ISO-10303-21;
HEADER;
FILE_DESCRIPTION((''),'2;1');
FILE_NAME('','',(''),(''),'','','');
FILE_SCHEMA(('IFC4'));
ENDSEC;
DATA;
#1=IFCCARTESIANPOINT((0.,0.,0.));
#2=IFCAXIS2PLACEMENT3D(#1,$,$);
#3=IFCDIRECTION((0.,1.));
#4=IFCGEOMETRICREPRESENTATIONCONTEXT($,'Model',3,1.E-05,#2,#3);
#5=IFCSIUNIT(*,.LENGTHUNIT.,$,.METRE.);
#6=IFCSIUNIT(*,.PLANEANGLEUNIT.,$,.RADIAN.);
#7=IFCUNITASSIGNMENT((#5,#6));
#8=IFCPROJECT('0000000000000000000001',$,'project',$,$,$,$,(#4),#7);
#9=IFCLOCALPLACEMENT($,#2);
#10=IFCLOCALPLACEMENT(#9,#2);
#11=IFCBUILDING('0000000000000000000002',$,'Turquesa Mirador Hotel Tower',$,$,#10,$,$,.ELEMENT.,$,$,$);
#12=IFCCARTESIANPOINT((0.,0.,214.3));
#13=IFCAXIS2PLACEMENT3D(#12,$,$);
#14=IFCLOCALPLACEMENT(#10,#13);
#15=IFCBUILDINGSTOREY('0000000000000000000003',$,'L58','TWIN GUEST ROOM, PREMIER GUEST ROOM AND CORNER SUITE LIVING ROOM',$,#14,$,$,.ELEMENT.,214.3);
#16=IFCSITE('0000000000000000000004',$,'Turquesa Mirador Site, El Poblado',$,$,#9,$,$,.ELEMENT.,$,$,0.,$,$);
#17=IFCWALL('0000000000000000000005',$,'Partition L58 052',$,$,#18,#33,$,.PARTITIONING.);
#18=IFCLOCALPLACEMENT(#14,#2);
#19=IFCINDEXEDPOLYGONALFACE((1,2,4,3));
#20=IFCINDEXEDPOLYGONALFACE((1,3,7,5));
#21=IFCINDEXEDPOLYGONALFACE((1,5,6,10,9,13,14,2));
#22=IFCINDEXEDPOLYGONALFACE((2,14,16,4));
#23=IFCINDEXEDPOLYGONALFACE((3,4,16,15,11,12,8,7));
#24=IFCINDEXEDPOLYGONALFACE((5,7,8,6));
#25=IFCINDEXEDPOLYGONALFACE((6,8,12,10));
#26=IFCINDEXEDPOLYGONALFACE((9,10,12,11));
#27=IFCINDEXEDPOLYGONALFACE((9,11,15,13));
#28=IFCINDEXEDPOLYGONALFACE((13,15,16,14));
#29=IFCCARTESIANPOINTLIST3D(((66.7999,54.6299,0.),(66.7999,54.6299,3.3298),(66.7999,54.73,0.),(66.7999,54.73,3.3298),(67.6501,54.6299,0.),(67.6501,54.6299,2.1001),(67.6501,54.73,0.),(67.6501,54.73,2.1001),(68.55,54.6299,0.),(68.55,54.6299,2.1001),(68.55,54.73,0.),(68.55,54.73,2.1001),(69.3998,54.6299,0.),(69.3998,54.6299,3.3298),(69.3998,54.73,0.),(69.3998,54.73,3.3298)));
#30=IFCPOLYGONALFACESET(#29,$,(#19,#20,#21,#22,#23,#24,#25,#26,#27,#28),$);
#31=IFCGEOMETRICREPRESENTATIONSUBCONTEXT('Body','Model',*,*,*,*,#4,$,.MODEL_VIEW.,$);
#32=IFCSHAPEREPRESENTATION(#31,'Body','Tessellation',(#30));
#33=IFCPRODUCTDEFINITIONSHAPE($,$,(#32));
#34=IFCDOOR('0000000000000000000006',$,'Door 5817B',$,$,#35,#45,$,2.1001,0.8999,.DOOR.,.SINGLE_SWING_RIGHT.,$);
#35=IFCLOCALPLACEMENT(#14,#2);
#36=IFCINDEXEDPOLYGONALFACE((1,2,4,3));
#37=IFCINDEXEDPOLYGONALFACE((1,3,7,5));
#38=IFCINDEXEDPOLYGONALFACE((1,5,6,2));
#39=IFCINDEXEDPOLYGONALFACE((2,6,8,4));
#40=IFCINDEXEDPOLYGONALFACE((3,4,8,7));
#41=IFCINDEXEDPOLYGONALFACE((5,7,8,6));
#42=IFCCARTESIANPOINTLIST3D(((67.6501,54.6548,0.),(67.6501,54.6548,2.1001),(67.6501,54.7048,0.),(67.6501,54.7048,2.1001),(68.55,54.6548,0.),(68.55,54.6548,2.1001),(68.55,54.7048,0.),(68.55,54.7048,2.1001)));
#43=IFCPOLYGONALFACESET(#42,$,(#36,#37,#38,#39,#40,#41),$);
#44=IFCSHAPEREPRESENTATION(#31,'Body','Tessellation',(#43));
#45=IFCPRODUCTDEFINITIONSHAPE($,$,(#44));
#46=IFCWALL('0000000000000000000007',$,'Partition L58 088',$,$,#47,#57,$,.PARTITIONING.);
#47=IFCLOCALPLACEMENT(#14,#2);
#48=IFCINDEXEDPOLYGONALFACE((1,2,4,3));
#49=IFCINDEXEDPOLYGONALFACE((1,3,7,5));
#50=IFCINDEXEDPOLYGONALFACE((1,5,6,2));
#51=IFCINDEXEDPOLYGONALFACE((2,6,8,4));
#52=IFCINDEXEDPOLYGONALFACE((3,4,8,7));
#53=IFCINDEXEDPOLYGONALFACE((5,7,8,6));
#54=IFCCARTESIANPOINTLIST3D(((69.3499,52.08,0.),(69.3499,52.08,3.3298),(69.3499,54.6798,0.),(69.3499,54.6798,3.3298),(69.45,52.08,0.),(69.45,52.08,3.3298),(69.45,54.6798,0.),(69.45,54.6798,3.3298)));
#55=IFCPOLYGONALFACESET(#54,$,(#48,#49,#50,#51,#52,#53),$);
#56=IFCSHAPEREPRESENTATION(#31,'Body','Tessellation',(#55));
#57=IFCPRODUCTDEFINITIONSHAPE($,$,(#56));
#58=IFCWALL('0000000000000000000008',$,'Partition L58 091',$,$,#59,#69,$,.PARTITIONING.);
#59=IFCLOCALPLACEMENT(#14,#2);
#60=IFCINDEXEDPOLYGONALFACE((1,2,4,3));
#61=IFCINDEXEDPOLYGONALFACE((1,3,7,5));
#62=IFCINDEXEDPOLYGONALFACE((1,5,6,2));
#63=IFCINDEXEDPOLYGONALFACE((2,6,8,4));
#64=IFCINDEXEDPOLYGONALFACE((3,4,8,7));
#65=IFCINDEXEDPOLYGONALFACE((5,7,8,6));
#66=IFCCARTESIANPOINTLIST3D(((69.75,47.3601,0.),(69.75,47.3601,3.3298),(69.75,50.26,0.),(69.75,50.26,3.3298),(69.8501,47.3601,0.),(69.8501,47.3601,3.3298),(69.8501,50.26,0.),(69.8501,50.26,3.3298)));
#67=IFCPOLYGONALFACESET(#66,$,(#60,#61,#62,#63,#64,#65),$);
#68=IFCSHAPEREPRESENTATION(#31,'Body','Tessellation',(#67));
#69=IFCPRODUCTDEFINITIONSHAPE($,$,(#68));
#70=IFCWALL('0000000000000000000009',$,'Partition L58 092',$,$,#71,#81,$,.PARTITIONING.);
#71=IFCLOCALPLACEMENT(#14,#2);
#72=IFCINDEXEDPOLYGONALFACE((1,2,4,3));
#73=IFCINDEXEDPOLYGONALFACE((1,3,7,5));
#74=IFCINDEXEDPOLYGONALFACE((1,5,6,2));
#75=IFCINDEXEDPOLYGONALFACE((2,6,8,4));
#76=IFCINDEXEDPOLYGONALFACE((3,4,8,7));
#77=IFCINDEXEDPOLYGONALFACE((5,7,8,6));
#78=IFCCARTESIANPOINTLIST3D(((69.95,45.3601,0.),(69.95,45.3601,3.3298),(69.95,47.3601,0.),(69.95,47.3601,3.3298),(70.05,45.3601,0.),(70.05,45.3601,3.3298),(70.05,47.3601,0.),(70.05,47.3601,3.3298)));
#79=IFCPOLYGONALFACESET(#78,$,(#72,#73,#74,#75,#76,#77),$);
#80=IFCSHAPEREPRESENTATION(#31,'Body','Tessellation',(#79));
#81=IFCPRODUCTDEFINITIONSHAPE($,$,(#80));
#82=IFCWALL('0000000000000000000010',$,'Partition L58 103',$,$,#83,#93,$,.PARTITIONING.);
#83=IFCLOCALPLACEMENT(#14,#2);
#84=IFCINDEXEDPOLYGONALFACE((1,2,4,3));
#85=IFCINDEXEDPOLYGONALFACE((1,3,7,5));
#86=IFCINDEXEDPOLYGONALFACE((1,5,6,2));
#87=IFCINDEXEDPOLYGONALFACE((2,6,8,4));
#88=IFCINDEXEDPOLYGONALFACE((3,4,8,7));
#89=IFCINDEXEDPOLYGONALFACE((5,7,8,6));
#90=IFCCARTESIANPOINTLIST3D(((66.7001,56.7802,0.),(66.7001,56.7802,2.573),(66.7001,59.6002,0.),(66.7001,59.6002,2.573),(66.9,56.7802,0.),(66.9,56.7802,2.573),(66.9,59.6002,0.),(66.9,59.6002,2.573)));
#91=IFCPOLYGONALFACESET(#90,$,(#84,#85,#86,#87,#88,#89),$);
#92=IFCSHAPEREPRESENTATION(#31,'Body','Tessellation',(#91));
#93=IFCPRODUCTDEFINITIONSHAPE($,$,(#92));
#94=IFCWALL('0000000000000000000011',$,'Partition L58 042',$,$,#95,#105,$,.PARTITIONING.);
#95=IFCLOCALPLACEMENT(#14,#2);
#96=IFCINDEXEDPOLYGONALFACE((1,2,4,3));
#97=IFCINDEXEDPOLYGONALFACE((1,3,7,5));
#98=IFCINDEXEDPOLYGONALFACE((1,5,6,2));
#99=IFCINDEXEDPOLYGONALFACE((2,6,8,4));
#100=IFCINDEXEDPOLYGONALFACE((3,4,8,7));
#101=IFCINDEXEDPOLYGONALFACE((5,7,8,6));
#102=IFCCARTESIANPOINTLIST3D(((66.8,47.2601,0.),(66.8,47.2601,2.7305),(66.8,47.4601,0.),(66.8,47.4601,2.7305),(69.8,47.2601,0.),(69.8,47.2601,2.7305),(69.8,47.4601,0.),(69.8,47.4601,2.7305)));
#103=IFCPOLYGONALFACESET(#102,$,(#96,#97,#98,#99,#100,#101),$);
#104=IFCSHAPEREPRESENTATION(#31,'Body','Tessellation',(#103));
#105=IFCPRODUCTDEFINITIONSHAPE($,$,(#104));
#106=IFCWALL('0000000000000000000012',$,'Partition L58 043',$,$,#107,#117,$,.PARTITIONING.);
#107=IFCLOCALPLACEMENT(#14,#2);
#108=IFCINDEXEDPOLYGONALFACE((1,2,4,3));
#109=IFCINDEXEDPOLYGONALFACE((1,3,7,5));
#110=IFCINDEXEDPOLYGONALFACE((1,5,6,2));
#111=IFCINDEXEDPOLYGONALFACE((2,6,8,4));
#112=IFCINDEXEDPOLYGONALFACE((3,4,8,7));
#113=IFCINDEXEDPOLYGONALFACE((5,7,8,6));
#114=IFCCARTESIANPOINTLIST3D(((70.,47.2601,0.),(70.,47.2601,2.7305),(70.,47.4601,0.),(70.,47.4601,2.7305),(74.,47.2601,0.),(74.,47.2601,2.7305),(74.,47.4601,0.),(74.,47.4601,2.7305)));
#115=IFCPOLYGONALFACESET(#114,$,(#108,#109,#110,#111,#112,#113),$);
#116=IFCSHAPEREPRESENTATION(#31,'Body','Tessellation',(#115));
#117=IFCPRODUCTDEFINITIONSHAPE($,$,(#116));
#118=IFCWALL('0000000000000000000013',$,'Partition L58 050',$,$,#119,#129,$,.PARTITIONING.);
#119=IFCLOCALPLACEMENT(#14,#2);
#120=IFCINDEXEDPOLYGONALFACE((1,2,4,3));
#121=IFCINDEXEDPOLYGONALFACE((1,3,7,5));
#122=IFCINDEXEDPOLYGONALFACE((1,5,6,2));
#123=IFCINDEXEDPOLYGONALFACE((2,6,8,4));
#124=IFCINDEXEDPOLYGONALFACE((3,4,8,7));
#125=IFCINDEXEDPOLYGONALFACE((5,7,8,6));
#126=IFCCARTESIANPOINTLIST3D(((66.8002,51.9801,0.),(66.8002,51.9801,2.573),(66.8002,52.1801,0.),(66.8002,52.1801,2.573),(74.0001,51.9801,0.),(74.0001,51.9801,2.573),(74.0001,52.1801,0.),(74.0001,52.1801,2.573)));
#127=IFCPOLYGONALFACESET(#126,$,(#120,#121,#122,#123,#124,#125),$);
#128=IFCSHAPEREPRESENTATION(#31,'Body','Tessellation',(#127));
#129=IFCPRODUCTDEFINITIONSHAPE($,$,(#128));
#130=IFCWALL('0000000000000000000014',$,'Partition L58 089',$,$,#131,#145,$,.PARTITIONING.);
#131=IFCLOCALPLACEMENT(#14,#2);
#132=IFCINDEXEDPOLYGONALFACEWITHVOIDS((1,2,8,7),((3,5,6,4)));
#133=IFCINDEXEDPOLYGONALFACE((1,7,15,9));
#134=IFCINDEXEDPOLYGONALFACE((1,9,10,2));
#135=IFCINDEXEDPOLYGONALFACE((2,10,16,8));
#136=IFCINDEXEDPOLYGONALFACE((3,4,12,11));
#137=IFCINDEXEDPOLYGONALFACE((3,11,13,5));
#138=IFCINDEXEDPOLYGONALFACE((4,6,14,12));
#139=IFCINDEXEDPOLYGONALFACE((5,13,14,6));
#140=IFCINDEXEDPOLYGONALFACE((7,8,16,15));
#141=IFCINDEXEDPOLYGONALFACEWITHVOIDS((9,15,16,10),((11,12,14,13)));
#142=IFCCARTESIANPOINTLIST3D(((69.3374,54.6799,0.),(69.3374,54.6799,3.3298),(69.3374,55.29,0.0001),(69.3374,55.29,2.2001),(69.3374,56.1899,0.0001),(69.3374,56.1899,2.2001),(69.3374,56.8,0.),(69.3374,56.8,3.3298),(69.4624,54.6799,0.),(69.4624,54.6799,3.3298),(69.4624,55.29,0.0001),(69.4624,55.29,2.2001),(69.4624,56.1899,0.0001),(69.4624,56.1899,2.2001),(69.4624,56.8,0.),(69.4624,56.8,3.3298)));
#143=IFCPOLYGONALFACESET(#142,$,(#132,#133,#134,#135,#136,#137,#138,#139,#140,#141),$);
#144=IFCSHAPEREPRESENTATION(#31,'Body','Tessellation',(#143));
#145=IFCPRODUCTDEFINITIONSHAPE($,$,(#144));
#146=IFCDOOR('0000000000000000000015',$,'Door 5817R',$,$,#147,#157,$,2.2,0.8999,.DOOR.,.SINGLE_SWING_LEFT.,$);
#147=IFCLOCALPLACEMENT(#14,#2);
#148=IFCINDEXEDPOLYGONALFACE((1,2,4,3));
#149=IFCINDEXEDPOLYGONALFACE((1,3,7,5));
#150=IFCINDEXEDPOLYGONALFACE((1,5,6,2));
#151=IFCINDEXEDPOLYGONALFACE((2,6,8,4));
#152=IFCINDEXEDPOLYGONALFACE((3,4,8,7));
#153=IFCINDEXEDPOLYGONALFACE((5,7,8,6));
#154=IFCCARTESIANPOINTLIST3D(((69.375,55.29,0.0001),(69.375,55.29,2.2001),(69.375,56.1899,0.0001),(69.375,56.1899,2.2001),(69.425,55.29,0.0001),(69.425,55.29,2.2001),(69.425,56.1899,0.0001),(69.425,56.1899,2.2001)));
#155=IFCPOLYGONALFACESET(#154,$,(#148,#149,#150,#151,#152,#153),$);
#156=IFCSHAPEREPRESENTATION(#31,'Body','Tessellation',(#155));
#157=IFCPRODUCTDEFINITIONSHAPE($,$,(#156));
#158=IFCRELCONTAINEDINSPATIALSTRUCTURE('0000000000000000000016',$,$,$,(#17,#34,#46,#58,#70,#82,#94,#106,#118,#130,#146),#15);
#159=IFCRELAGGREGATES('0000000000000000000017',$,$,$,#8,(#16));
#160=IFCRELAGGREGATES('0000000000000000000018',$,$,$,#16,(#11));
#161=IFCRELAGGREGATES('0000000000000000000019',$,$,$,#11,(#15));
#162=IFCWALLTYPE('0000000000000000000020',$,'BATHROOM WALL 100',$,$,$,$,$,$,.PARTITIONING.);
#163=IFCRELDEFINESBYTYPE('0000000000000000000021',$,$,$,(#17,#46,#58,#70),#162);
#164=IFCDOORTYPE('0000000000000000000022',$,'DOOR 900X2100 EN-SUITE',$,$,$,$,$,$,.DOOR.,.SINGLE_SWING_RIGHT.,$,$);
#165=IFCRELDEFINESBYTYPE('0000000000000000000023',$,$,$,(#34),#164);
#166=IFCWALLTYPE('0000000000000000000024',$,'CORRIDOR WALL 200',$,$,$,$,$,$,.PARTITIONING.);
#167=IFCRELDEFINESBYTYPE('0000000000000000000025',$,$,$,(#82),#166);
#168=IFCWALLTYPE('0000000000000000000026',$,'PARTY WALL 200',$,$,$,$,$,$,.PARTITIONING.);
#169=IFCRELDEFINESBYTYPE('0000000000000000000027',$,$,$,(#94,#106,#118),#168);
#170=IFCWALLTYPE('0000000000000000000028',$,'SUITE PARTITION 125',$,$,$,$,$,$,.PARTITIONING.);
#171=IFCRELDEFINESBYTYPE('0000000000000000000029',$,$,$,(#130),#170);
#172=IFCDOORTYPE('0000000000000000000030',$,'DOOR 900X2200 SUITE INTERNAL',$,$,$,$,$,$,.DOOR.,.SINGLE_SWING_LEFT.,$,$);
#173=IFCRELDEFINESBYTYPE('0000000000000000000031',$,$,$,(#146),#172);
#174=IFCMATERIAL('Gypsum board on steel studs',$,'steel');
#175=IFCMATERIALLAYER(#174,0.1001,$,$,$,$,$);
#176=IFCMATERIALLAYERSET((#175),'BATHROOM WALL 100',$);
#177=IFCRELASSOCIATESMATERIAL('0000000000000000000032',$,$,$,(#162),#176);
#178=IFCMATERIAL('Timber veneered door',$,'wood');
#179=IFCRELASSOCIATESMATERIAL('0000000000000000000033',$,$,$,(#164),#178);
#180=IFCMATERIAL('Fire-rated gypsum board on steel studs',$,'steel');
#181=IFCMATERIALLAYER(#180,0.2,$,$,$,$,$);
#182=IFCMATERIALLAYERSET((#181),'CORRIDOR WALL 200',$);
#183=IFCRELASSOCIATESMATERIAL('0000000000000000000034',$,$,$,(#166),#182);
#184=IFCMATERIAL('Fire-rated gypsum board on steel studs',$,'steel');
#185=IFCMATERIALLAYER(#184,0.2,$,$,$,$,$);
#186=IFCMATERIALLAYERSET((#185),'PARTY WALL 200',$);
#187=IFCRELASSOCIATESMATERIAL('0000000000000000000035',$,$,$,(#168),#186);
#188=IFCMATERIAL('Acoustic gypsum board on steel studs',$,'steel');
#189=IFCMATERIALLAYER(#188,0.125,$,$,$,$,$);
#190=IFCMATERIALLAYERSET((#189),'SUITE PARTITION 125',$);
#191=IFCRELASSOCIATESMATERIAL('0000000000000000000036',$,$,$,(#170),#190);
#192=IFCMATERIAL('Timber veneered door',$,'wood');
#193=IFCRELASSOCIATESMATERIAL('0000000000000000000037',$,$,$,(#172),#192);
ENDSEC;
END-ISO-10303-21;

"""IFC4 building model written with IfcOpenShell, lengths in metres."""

from ifc_helpers import new_model, si_unit, direction, frame, frame_2d, origin, place, context, subcontext, project, spatial, rectangle, extrude, material, layer, layer_set, type_object, element, fill, save


model = new_model("IFC4")

# Units and contexts
model_context = context("Model", 3, precision=1e-05, world=origin(), true_north=direction((0.0, 1.0)))
body_context = subcontext(model_context, "Body", "Model", "MODEL_VIEW")
ifc_project = project(units=[si_unit("LENGTHUNIT", "METRE"), si_unit("PLANEANGLEUNIT", "RADIAN")], contexts=[model_context])

# Site, building, storey
site_placement = place(None, origin())
site = spatial("IfcSite", under=ifc_project, at=site_placement, Name="Turquesa Mirador Site, El Poblado", CompositionType="ELEMENT", RefElevation=0.0)
building_placement = place(site_placement, origin())
building = spatial("IfcBuilding", under=site, at=building_placement, Name="Turquesa Mirador Hotel Tower", CompositionType="ELEMENT")
storey_placement = place(building_placement, frame((0.0, 0.0, 214.3)))
storey = spatial("IfcBuildingStorey", under=building, at=storey_placement, Name="L58", Description="TWIN GUEST ROOM, PREMIER GUEST ROOM AND CORNER SUITE LIVING ROOM", CompositionType="ELEMENT", Elevation=214.3)

# Wall, opening, door
ifc_material_1 = material(Name="Gypsum board on steel studs", Category="steel")
ifc_layer_1 = layer(ifc_material_1, 0.1001)
ifc_layer_set_1 = layer_set([ifc_layer_1], Name="BATHROOM WALL 100")
wall_type_1 = type_object("IfcWallType", Name="BATHROOM WALL 100", PredefinedType="PARTITIONING", material=ifc_layer_set_1)
wall_1_placement = place(storey_placement, frame((66.8, 54.6799, 0.0), z_axis=(0.0, 0.0, 1.0), x_axis=(1.0, 0.0, 0.0)))
wall_1 = element("IfcWall", 1, at=wall_1_placement, inside=storey, type_object=wall_type_1, Name="Partition L58 052", PredefinedType="PARTITIONING", context=body_context, shape_type="SweptSolid", body=[
    extrude(rectangle(XDim=2.5999, YDim=0.1001, at=frame_2d((1.2998, 0.0))), origin(), (0.0, 0.0, 1.0), 3.3298),
])
opening_1_placement = place(wall_1_placement, frame((0.8501, 0.0, 0.0)))
opening_1 = element("IfcOpeningElement", 2, at=opening_1_placement, cuts=wall_1, PredefinedType="OPENING", context=body_context, shape_type="SweptSolid", body=[
    extrude(rectangle(XDim=0.8999, YDim=2.1001, at=frame_2d((0.45, 1.05))), frame((0.0, 0.0601, 0.0), z_axis=(0.0, -1.0, 0.0), x_axis=(1.0, 0.0, 0.0)), (0.0, 0.0, 1.0), 0.1201),
])
ifc_material_2 = material(Name="Timber veneered door", Category="wood")
door_type_1 = type_object("IfcDoorType", Name="DOOR 900X2100 EN-SUITE", OperationType="SINGLE_SWING_RIGHT", PredefinedType="DOOR", material=ifc_material_2)
door_1_placement = place(opening_1_placement, origin())
door_1 = element("IfcDoor", 3, at=door_1_placement, inside=storey, type_object=door_type_1, Name="Door 5817B", OperationType="SINGLE_SWING_RIGHT", OverallHeight=2.1001, OverallWidth=0.8999, PredefinedType="DOOR", context=body_context, shape_type="SweptSolid", body=[
    extrude(rectangle(XDim=0.8999, YDim=2.1001, at=frame_2d((0.45, 1.05))), frame((0.0, 0.0249, 0.0), z_axis=(0.0, -1.0, 0.0), x_axis=(1.0, 0.0, 0.0)), (0.0, 0.0, 1.0), 0.05),
])
fill(opening_1, door_1)

# Walls
wall_2_placement = place(storey_placement, frame((69.3999, 52.0801, 0.0), z_axis=(0.0, 0.0, 1.0), x_axis=(0.0, 1.0, 0.0)))
element("IfcWall", 4, at=wall_2_placement, inside=storey, type_object=wall_type_1, Name="Partition L58 088", PredefinedType="PARTITIONING", context=body_context, shape_type="SweptSolid", body=[
    extrude(rectangle(XDim=2.5999, YDim=0.1001, at=frame_2d((1.2998, 0.0))), origin(), (0.0, 0.0, 1.0), 3.3298),
])
wall_3_placement = place(storey_placement, frame((69.8, 47.3601, 0.0), z_axis=(0.0, 0.0, 1.0), x_axis=(0.0, 1.0, 0.0)))
element("IfcWall", 5, at=wall_3_placement, inside=storey, type_object=wall_type_1, Name="Partition L58 091", PredefinedType="PARTITIONING", context=body_context, shape_type="SweptSolid", body=[
    extrude(rectangle(XDim=2.8999, YDim=0.1001, at=frame_2d((1.45, 0.0))), origin(), (0.0, 0.0, 1.0), 3.3298),
])
wall_4_placement = place(storey_placement, frame((70.0, 45.3601, 0.0), z_axis=(0.0, 0.0, 1.0), x_axis=(0.0, 1.0, 0.0)))
element("IfcWall", 6, at=wall_4_placement, inside=storey, type_object=wall_type_1, Name="Partition L58 092", PredefinedType="PARTITIONING", context=body_context, shape_type="SweptSolid", body=[
    extrude(rectangle(XDim=2.0, YDim=0.1001, at=frame_2d((1.0, 0.0))), origin(), (0.0, 0.0, 1.0), 3.3298),
])
ifc_material_3 = material(Name="Fire-rated gypsum board on steel studs", Category="steel")
ifc_layer_2 = layer(ifc_material_3, 0.2)
ifc_layer_set_2 = layer_set([ifc_layer_2], Name="CORRIDOR WALL 200")
wall_type_2 = type_object("IfcWallType", Name="CORRIDOR WALL 200", PredefinedType="PARTITIONING", material=ifc_layer_set_2)
wall_5_placement = place(storey_placement, frame((66.8, 56.78, 0.0), z_axis=(0.0, 0.0, 1.0), x_axis=(0.0, 1.0, 0.0)))
element("IfcWall", 7, at=wall_5_placement, inside=storey, type_object=wall_type_2, Name="Partition L58 103", PredefinedType="PARTITIONING", context=body_context, shape_type="SweptSolid", body=[
    extrude(rectangle(XDim=2.8201, YDim=0.2, at=frame_2d((1.4102, 0.0))), origin(), (0.0, 0.0, 1.0), 2.573),
])
ifc_material_4 = material(Name="Fire-rated gypsum board on steel studs", Category="steel")
ifc_layer_3 = layer(ifc_material_4, 0.2)
ifc_layer_set_3 = layer_set([ifc_layer_3], Name="PARTY WALL 200")
wall_type_3 = type_object("IfcWallType", Name="PARTY WALL 200", PredefinedType="PARTITIONING", material=ifc_layer_set_3)
wall_6_placement = place(storey_placement, frame((66.8, 47.3601, 0.0), z_axis=(0.0, 0.0, 1.0), x_axis=(1.0, 0.0, 0.0)))
element("IfcWall", 8, at=wall_6_placement, inside=storey, type_object=wall_type_3, Name="Partition L58 042", PredefinedType="PARTITIONING", context=body_context, shape_type="SweptSolid", body=[
    extrude(rectangle(XDim=3.0, YDim=0.2, at=frame_2d((1.5, 0.0))), origin(), (0.0, 0.0, 1.0), 2.7305),
])
wall_7_placement = place(storey_placement, frame((70.0, 47.3601, 0.0), z_axis=(0.0, 0.0, 1.0), x_axis=(1.0, 0.0, 0.0)))
element("IfcWall", 9, at=wall_7_placement, inside=storey, type_object=wall_type_3, Name="Partition L58 043", PredefinedType="PARTITIONING", context=body_context, shape_type="SweptSolid", body=[
    extrude(rectangle(XDim=4.0, YDim=0.2, at=frame_2d((2.0, 0.0))), origin(), (0.0, 0.0, 1.0), 2.7305),
])
wall_8_placement = place(storey_placement, frame((66.8, 52.0801, 0.0), z_axis=(0.0, 0.0, 1.0), x_axis=(1.0, 0.0, 0.0)))
element("IfcWall", 10, at=wall_8_placement, inside=storey, type_object=wall_type_3, Name="Partition L58 050", PredefinedType="PARTITIONING", context=body_context, shape_type="SweptSolid", body=[
    extrude(rectangle(XDim=7.2, YDim=0.2, at=frame_2d((3.6001, 0.0))), origin(), (0.0, 0.0, 1.0), 2.573),
])

# Wall, opening, door
ifc_material_5 = material(Name="Acoustic gypsum board on steel studs", Category="steel")
ifc_layer_4 = layer(ifc_material_5, 0.125)
ifc_layer_set_4 = layer_set([ifc_layer_4], Name="SUITE PARTITION 125")
wall_type_4 = type_object("IfcWallType", Name="SUITE PARTITION 125", PredefinedType="PARTITIONING", material=ifc_layer_set_4)
wall_9_placement = place(storey_placement, frame((69.3999, 54.6799, 0.0), z_axis=(0.0, 0.0, 1.0), x_axis=(0.0, 1.0, 0.0)))
wall_9 = element("IfcWall", 11, at=wall_9_placement, inside=storey, type_object=wall_type_4, Name="Partition L58 089", PredefinedType="PARTITIONING", context=body_context, shape_type="SweptSolid", body=[
    extrude(rectangle(XDim=2.1201, YDim=0.125, at=frame_2d((1.0601, 0.0))), origin(), (0.0, 0.0, 1.0), 3.3298),
])
opening_2_placement = place(wall_9_placement, frame((0.6101, 0.0, 0.0)))
opening_2 = element("IfcOpeningElement", 12, at=opening_2_placement, cuts=wall_9, PredefinedType="OPENING", context=body_context, shape_type="SweptSolid", body=[
    extrude(rectangle(XDim=0.8999, YDim=2.2, at=frame_2d((0.45, 1.1001))), frame((0.0, 0.0725, 0.0), z_axis=(0.0, -1.0, 0.0), x_axis=(1.0, 0.0, 0.0)), (0.0, 0.0, 1.0), 0.145),
])
ifc_material_6 = material(Name="Timber veneered door", Category="wood")
door_type_2 = type_object("IfcDoorType", Name="DOOR 900X2200 SUITE INTERNAL", OperationType="SINGLE_SWING_LEFT", PredefinedType="DOOR", material=ifc_material_6)
door_2_placement = place(opening_2_placement, origin())
door_2 = element("IfcDoor", 13, at=door_2_placement, inside=storey, type_object=door_type_2, Name="Door 5817R", OperationType="SINGLE_SWING_LEFT", OverallHeight=2.2, OverallWidth=0.8999, PredefinedType="DOOR", context=body_context, shape_type="SweptSolid", body=[
    extrude(rectangle(XDim=0.8999, YDim=2.2, at=frame_2d((0.45, 1.1001))), frame((0.0, 0.0249, 0.0), z_axis=(0.0, -1.0, 0.0), x_axis=(1.0, 0.0, 0.0)), (0.0, 0.0, 1.0), 0.05),
])
fill(opening_2, door_2)

save(model, "model.ifc")
